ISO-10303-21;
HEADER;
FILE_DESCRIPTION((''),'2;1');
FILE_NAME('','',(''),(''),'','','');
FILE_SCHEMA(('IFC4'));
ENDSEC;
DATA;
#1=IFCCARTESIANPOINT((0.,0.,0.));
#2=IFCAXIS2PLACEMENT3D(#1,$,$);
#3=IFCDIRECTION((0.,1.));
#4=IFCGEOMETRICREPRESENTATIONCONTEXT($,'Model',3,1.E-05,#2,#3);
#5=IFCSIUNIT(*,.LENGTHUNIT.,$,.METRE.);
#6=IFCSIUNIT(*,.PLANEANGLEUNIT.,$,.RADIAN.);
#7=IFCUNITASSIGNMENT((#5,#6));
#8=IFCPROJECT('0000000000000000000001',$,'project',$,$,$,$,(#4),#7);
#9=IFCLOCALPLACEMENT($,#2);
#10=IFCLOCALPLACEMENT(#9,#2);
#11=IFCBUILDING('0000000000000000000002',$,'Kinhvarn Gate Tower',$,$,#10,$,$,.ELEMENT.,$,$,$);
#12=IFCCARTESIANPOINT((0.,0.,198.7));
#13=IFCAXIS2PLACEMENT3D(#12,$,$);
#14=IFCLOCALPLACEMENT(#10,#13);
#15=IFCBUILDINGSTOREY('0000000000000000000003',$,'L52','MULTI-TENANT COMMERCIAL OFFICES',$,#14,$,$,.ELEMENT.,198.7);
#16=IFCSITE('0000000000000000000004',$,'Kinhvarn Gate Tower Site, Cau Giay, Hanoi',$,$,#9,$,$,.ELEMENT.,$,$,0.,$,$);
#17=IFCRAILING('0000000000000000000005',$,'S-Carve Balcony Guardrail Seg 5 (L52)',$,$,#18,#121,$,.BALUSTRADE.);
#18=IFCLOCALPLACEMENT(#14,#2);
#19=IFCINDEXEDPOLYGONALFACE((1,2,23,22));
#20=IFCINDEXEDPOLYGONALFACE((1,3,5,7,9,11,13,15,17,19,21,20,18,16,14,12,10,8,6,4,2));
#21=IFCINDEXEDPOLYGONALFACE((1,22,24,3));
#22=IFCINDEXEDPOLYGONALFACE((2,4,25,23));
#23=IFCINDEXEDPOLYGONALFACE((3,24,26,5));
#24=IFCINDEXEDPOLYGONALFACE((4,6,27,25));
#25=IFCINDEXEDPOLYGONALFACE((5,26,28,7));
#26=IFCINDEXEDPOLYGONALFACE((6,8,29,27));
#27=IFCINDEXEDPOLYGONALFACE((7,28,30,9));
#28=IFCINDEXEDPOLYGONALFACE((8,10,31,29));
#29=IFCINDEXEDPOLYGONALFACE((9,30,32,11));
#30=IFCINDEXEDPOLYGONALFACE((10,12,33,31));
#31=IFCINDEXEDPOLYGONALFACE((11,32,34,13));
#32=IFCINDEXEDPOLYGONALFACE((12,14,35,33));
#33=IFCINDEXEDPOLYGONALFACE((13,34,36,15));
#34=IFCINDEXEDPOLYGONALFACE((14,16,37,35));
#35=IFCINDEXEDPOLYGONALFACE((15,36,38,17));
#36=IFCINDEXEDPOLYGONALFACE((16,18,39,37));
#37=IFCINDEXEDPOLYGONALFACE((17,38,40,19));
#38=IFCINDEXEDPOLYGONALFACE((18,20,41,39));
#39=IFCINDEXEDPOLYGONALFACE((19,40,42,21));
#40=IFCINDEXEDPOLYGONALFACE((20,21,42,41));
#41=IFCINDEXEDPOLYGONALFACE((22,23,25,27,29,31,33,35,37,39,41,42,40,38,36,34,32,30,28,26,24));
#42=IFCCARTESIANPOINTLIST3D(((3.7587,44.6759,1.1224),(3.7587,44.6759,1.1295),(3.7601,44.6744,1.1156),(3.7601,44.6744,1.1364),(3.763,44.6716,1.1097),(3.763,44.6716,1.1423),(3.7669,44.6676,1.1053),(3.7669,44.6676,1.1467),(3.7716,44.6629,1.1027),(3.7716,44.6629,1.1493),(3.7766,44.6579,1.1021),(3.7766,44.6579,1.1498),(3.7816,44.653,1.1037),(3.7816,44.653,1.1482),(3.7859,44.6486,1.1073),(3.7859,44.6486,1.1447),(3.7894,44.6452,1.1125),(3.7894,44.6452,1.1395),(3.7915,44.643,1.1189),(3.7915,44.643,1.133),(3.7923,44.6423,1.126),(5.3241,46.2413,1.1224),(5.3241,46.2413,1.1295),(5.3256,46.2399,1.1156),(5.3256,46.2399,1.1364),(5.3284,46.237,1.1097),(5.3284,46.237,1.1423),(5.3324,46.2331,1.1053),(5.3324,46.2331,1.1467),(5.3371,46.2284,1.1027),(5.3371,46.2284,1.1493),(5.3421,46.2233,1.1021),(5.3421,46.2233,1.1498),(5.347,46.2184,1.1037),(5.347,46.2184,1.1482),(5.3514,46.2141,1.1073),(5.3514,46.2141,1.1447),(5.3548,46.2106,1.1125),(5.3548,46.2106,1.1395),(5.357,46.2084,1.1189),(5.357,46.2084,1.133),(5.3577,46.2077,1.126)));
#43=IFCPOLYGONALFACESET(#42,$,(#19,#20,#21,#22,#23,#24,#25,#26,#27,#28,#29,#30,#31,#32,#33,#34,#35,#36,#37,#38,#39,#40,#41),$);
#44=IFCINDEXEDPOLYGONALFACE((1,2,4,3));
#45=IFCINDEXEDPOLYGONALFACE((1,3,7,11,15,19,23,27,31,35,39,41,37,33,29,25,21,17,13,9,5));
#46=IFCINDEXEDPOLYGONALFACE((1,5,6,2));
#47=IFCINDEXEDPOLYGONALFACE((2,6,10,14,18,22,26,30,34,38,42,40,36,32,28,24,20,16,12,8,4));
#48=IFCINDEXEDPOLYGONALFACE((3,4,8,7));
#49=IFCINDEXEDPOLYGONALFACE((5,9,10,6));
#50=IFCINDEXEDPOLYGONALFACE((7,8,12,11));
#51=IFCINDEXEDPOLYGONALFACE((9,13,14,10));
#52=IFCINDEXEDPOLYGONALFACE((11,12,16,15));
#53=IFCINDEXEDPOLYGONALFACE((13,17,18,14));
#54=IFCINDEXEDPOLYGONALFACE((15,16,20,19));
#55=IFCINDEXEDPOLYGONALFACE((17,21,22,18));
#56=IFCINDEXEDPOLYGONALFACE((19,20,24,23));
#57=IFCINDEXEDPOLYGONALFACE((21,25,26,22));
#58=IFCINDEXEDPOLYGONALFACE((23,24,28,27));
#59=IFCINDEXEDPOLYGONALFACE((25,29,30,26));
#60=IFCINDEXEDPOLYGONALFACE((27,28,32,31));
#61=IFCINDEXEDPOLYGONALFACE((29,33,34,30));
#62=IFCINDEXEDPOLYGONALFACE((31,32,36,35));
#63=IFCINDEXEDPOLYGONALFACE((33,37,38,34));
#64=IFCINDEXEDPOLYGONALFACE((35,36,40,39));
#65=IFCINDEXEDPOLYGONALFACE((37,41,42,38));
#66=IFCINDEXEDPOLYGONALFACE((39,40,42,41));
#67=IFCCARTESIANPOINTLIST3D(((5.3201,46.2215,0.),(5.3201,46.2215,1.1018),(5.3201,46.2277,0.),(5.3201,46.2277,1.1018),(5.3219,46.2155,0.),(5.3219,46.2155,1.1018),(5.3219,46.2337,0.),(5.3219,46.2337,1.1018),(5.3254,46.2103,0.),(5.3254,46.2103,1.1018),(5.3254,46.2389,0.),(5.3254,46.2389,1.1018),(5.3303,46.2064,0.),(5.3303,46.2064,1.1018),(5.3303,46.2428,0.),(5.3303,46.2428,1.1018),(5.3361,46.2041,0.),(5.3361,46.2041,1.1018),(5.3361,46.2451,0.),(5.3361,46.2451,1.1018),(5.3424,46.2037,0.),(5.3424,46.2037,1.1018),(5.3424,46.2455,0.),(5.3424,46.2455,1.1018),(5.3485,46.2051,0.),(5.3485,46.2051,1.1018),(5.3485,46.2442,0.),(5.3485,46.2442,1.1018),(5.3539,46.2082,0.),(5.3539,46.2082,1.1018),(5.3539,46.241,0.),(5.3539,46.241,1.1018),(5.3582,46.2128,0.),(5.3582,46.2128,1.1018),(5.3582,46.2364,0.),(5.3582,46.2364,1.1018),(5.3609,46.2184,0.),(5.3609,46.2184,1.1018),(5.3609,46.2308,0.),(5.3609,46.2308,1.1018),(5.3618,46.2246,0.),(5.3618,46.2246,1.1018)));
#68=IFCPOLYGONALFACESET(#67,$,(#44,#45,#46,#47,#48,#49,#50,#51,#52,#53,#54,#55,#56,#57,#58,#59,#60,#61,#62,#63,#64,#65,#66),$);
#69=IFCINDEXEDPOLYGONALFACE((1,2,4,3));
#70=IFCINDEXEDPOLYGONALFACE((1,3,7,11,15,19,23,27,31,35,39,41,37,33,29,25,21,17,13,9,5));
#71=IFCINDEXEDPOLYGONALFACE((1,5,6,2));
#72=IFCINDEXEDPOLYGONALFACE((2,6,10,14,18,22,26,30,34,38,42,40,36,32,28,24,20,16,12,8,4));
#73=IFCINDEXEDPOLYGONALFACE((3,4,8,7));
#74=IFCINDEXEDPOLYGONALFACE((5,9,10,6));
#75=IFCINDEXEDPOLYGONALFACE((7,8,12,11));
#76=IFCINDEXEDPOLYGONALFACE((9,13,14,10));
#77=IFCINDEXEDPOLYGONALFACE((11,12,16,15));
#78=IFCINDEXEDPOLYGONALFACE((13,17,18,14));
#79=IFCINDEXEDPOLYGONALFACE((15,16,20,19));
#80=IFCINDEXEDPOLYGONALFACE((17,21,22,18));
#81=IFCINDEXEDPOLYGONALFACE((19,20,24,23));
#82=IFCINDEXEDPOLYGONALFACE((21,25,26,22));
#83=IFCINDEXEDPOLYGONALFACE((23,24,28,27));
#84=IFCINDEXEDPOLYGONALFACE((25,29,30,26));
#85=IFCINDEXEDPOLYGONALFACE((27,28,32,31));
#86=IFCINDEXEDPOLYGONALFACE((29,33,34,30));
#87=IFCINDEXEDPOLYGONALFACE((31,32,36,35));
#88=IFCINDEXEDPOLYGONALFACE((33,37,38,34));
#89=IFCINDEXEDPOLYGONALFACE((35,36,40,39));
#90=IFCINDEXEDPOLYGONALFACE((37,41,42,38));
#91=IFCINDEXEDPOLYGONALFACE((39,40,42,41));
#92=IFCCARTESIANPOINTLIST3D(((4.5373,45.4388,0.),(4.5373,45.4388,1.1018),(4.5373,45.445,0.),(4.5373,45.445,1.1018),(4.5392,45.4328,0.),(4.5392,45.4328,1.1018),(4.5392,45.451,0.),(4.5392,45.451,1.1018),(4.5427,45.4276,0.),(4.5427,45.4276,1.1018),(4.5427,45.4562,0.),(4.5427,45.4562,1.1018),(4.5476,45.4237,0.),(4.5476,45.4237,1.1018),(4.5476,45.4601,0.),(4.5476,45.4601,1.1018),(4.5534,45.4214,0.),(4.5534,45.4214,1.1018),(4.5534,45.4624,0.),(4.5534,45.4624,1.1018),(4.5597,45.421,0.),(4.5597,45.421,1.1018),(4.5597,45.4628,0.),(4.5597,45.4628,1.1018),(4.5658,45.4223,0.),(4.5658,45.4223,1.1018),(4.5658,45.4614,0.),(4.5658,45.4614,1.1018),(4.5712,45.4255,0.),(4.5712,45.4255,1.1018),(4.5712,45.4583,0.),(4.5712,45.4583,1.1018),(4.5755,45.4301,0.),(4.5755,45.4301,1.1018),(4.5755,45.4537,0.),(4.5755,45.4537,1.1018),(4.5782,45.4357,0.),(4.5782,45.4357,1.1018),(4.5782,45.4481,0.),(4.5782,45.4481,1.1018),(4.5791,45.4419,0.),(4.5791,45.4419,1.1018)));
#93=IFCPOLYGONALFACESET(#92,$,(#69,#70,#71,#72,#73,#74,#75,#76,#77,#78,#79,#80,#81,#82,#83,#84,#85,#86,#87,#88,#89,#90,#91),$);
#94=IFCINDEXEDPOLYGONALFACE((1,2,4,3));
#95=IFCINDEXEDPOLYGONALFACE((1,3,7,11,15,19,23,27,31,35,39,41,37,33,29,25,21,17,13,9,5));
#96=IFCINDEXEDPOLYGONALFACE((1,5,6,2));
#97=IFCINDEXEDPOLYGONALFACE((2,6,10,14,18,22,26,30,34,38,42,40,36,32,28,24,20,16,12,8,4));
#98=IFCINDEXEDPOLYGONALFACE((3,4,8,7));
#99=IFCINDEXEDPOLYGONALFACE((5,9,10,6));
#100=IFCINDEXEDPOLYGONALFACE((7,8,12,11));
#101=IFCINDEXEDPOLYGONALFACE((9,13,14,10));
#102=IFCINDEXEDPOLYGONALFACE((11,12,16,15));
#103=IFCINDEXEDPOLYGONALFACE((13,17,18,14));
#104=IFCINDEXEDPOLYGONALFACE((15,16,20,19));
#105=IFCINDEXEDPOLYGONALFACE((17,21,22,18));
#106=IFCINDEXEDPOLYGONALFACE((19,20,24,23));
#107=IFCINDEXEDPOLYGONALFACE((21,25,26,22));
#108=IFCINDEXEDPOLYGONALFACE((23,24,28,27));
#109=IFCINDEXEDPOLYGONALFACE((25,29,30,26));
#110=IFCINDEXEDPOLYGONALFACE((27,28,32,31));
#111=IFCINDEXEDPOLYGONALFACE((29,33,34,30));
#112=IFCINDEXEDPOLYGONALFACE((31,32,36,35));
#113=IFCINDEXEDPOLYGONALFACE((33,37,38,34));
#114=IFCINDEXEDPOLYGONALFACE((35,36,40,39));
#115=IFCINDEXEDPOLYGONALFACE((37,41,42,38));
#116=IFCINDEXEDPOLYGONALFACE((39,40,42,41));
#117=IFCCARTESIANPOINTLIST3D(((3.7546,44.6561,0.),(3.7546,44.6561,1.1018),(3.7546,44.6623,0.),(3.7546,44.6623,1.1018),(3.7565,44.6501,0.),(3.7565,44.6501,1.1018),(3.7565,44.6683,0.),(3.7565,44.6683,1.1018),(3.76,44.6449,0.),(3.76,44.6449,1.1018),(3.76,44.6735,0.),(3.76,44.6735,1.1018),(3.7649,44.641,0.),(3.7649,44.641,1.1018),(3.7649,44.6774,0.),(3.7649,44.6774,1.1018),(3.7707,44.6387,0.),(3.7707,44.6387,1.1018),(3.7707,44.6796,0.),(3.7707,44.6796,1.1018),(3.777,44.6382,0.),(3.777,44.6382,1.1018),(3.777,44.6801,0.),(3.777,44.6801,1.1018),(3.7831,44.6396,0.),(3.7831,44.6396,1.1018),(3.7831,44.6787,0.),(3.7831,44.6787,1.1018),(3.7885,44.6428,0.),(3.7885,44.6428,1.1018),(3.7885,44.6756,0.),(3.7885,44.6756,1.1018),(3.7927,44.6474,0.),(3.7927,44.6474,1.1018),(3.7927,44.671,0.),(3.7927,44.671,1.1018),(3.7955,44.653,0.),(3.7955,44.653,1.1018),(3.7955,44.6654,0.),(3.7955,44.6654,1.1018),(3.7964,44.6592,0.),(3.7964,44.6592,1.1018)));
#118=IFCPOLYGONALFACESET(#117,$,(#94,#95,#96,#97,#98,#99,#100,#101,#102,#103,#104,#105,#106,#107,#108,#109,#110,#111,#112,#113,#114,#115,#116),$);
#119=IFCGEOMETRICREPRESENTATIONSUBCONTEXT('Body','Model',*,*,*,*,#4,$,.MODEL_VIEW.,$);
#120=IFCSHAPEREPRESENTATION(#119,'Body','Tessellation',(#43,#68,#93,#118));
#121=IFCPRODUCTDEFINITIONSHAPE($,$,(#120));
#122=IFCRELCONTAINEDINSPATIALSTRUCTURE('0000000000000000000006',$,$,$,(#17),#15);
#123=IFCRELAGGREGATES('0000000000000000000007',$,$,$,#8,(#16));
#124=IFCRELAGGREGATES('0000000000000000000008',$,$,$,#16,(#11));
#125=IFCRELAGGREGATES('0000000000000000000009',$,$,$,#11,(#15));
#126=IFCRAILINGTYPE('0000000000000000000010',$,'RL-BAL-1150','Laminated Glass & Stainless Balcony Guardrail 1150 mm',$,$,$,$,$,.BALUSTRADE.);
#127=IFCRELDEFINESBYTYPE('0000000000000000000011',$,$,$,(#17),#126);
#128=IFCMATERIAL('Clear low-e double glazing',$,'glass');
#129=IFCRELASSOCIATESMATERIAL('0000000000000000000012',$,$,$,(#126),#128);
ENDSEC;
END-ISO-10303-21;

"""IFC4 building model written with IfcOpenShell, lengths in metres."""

from ifc_helpers import new_model, si_unit, direction, frame, origin, origin_2d, place, context, subcontext, project, spatial, circle, extrude, material, type_object, element, save


model = new_model("IFC4")

# Units and contexts
model_context = context("Model", 3, precision=1e-05, world=origin(), true_north=direction((0.0, 1.0)))
body_context = subcontext(model_context, "Body", "Model", "MODEL_VIEW")
ifc_project = project(units=[si_unit("LENGTHUNIT", "METRE"), si_unit("PLANEANGLEUNIT", "RADIAN")], contexts=[model_context])

# Site, building, storey
site_placement = place(None, origin())
site = spatial("IfcSite", under=ifc_project, at=site_placement, Name="Kinhvarn Gate Tower Site, Cau Giay, Hanoi", CompositionType="ELEMENT", RefElevation=0.0)
building_placement = place(site_placement, origin())
building = spatial("IfcBuilding", under=site, at=building_placement, Name="Kinhvarn Gate Tower", CompositionType="ELEMENT")
storey_placement = place(building_placement, frame((0.0, 0.0, 198.7)))
storey = spatial("IfcBuildingStorey", under=building, at=storey_placement, Name="L52", Description="MULTI-TENANT COMMERCIAL OFFICES", CompositionType="ELEMENT", Elevation=198.7)

# Shared definitions
ifc_material_1 = material(Name="Clear low-e double glazing", Category="glass")

# Railing
railing_type = type_object("IfcRailingType", Name="RL-BAL-1150", Description="Laminated Glass & Stainless Balcony Guardrail 1150 mm", PredefinedType="BALUSTRADE", material=ifc_material_1)
railing_1_placement = place(storey_placement, frame((5.3408, 46.2246, 0.0)))
element("IfcRailing", 1, at=railing_1_placement, inside=storey, type_object=railing_type, Name="S-Carve Balcony Guardrail Seg 5 (L52)", PredefinedType="BALUSTRADE", context=body_context, shape_type="SweptSolid", body=[
    extrude(circle(Radius=0.0239, at=origin_2d()), frame((0.0, 0.0, 1.126), z_axis=(-0.707107, -0.707107, 0.0), x_axis=(0.707107, -0.707107, 0.0)), (0.0, 0.0, 1.0), 2.2139),
    extrude(circle(Radius=0.021, at=origin_2d()), origin(), (0.0, 0.0, 1.0), 1.1018),
    extrude(circle(Radius=0.021, at=origin_2d()), frame((-0.7827, -0.7827, 0.0)), (0.0, 0.0, 1.0), 1.1018),
    extrude(circle(Radius=0.021, at=origin_2d()), frame((-1.5654, -1.5654, 0.0)), (0.0, 0.0, 1.0), 1.1018),
])

save(model, "model.ifc")
